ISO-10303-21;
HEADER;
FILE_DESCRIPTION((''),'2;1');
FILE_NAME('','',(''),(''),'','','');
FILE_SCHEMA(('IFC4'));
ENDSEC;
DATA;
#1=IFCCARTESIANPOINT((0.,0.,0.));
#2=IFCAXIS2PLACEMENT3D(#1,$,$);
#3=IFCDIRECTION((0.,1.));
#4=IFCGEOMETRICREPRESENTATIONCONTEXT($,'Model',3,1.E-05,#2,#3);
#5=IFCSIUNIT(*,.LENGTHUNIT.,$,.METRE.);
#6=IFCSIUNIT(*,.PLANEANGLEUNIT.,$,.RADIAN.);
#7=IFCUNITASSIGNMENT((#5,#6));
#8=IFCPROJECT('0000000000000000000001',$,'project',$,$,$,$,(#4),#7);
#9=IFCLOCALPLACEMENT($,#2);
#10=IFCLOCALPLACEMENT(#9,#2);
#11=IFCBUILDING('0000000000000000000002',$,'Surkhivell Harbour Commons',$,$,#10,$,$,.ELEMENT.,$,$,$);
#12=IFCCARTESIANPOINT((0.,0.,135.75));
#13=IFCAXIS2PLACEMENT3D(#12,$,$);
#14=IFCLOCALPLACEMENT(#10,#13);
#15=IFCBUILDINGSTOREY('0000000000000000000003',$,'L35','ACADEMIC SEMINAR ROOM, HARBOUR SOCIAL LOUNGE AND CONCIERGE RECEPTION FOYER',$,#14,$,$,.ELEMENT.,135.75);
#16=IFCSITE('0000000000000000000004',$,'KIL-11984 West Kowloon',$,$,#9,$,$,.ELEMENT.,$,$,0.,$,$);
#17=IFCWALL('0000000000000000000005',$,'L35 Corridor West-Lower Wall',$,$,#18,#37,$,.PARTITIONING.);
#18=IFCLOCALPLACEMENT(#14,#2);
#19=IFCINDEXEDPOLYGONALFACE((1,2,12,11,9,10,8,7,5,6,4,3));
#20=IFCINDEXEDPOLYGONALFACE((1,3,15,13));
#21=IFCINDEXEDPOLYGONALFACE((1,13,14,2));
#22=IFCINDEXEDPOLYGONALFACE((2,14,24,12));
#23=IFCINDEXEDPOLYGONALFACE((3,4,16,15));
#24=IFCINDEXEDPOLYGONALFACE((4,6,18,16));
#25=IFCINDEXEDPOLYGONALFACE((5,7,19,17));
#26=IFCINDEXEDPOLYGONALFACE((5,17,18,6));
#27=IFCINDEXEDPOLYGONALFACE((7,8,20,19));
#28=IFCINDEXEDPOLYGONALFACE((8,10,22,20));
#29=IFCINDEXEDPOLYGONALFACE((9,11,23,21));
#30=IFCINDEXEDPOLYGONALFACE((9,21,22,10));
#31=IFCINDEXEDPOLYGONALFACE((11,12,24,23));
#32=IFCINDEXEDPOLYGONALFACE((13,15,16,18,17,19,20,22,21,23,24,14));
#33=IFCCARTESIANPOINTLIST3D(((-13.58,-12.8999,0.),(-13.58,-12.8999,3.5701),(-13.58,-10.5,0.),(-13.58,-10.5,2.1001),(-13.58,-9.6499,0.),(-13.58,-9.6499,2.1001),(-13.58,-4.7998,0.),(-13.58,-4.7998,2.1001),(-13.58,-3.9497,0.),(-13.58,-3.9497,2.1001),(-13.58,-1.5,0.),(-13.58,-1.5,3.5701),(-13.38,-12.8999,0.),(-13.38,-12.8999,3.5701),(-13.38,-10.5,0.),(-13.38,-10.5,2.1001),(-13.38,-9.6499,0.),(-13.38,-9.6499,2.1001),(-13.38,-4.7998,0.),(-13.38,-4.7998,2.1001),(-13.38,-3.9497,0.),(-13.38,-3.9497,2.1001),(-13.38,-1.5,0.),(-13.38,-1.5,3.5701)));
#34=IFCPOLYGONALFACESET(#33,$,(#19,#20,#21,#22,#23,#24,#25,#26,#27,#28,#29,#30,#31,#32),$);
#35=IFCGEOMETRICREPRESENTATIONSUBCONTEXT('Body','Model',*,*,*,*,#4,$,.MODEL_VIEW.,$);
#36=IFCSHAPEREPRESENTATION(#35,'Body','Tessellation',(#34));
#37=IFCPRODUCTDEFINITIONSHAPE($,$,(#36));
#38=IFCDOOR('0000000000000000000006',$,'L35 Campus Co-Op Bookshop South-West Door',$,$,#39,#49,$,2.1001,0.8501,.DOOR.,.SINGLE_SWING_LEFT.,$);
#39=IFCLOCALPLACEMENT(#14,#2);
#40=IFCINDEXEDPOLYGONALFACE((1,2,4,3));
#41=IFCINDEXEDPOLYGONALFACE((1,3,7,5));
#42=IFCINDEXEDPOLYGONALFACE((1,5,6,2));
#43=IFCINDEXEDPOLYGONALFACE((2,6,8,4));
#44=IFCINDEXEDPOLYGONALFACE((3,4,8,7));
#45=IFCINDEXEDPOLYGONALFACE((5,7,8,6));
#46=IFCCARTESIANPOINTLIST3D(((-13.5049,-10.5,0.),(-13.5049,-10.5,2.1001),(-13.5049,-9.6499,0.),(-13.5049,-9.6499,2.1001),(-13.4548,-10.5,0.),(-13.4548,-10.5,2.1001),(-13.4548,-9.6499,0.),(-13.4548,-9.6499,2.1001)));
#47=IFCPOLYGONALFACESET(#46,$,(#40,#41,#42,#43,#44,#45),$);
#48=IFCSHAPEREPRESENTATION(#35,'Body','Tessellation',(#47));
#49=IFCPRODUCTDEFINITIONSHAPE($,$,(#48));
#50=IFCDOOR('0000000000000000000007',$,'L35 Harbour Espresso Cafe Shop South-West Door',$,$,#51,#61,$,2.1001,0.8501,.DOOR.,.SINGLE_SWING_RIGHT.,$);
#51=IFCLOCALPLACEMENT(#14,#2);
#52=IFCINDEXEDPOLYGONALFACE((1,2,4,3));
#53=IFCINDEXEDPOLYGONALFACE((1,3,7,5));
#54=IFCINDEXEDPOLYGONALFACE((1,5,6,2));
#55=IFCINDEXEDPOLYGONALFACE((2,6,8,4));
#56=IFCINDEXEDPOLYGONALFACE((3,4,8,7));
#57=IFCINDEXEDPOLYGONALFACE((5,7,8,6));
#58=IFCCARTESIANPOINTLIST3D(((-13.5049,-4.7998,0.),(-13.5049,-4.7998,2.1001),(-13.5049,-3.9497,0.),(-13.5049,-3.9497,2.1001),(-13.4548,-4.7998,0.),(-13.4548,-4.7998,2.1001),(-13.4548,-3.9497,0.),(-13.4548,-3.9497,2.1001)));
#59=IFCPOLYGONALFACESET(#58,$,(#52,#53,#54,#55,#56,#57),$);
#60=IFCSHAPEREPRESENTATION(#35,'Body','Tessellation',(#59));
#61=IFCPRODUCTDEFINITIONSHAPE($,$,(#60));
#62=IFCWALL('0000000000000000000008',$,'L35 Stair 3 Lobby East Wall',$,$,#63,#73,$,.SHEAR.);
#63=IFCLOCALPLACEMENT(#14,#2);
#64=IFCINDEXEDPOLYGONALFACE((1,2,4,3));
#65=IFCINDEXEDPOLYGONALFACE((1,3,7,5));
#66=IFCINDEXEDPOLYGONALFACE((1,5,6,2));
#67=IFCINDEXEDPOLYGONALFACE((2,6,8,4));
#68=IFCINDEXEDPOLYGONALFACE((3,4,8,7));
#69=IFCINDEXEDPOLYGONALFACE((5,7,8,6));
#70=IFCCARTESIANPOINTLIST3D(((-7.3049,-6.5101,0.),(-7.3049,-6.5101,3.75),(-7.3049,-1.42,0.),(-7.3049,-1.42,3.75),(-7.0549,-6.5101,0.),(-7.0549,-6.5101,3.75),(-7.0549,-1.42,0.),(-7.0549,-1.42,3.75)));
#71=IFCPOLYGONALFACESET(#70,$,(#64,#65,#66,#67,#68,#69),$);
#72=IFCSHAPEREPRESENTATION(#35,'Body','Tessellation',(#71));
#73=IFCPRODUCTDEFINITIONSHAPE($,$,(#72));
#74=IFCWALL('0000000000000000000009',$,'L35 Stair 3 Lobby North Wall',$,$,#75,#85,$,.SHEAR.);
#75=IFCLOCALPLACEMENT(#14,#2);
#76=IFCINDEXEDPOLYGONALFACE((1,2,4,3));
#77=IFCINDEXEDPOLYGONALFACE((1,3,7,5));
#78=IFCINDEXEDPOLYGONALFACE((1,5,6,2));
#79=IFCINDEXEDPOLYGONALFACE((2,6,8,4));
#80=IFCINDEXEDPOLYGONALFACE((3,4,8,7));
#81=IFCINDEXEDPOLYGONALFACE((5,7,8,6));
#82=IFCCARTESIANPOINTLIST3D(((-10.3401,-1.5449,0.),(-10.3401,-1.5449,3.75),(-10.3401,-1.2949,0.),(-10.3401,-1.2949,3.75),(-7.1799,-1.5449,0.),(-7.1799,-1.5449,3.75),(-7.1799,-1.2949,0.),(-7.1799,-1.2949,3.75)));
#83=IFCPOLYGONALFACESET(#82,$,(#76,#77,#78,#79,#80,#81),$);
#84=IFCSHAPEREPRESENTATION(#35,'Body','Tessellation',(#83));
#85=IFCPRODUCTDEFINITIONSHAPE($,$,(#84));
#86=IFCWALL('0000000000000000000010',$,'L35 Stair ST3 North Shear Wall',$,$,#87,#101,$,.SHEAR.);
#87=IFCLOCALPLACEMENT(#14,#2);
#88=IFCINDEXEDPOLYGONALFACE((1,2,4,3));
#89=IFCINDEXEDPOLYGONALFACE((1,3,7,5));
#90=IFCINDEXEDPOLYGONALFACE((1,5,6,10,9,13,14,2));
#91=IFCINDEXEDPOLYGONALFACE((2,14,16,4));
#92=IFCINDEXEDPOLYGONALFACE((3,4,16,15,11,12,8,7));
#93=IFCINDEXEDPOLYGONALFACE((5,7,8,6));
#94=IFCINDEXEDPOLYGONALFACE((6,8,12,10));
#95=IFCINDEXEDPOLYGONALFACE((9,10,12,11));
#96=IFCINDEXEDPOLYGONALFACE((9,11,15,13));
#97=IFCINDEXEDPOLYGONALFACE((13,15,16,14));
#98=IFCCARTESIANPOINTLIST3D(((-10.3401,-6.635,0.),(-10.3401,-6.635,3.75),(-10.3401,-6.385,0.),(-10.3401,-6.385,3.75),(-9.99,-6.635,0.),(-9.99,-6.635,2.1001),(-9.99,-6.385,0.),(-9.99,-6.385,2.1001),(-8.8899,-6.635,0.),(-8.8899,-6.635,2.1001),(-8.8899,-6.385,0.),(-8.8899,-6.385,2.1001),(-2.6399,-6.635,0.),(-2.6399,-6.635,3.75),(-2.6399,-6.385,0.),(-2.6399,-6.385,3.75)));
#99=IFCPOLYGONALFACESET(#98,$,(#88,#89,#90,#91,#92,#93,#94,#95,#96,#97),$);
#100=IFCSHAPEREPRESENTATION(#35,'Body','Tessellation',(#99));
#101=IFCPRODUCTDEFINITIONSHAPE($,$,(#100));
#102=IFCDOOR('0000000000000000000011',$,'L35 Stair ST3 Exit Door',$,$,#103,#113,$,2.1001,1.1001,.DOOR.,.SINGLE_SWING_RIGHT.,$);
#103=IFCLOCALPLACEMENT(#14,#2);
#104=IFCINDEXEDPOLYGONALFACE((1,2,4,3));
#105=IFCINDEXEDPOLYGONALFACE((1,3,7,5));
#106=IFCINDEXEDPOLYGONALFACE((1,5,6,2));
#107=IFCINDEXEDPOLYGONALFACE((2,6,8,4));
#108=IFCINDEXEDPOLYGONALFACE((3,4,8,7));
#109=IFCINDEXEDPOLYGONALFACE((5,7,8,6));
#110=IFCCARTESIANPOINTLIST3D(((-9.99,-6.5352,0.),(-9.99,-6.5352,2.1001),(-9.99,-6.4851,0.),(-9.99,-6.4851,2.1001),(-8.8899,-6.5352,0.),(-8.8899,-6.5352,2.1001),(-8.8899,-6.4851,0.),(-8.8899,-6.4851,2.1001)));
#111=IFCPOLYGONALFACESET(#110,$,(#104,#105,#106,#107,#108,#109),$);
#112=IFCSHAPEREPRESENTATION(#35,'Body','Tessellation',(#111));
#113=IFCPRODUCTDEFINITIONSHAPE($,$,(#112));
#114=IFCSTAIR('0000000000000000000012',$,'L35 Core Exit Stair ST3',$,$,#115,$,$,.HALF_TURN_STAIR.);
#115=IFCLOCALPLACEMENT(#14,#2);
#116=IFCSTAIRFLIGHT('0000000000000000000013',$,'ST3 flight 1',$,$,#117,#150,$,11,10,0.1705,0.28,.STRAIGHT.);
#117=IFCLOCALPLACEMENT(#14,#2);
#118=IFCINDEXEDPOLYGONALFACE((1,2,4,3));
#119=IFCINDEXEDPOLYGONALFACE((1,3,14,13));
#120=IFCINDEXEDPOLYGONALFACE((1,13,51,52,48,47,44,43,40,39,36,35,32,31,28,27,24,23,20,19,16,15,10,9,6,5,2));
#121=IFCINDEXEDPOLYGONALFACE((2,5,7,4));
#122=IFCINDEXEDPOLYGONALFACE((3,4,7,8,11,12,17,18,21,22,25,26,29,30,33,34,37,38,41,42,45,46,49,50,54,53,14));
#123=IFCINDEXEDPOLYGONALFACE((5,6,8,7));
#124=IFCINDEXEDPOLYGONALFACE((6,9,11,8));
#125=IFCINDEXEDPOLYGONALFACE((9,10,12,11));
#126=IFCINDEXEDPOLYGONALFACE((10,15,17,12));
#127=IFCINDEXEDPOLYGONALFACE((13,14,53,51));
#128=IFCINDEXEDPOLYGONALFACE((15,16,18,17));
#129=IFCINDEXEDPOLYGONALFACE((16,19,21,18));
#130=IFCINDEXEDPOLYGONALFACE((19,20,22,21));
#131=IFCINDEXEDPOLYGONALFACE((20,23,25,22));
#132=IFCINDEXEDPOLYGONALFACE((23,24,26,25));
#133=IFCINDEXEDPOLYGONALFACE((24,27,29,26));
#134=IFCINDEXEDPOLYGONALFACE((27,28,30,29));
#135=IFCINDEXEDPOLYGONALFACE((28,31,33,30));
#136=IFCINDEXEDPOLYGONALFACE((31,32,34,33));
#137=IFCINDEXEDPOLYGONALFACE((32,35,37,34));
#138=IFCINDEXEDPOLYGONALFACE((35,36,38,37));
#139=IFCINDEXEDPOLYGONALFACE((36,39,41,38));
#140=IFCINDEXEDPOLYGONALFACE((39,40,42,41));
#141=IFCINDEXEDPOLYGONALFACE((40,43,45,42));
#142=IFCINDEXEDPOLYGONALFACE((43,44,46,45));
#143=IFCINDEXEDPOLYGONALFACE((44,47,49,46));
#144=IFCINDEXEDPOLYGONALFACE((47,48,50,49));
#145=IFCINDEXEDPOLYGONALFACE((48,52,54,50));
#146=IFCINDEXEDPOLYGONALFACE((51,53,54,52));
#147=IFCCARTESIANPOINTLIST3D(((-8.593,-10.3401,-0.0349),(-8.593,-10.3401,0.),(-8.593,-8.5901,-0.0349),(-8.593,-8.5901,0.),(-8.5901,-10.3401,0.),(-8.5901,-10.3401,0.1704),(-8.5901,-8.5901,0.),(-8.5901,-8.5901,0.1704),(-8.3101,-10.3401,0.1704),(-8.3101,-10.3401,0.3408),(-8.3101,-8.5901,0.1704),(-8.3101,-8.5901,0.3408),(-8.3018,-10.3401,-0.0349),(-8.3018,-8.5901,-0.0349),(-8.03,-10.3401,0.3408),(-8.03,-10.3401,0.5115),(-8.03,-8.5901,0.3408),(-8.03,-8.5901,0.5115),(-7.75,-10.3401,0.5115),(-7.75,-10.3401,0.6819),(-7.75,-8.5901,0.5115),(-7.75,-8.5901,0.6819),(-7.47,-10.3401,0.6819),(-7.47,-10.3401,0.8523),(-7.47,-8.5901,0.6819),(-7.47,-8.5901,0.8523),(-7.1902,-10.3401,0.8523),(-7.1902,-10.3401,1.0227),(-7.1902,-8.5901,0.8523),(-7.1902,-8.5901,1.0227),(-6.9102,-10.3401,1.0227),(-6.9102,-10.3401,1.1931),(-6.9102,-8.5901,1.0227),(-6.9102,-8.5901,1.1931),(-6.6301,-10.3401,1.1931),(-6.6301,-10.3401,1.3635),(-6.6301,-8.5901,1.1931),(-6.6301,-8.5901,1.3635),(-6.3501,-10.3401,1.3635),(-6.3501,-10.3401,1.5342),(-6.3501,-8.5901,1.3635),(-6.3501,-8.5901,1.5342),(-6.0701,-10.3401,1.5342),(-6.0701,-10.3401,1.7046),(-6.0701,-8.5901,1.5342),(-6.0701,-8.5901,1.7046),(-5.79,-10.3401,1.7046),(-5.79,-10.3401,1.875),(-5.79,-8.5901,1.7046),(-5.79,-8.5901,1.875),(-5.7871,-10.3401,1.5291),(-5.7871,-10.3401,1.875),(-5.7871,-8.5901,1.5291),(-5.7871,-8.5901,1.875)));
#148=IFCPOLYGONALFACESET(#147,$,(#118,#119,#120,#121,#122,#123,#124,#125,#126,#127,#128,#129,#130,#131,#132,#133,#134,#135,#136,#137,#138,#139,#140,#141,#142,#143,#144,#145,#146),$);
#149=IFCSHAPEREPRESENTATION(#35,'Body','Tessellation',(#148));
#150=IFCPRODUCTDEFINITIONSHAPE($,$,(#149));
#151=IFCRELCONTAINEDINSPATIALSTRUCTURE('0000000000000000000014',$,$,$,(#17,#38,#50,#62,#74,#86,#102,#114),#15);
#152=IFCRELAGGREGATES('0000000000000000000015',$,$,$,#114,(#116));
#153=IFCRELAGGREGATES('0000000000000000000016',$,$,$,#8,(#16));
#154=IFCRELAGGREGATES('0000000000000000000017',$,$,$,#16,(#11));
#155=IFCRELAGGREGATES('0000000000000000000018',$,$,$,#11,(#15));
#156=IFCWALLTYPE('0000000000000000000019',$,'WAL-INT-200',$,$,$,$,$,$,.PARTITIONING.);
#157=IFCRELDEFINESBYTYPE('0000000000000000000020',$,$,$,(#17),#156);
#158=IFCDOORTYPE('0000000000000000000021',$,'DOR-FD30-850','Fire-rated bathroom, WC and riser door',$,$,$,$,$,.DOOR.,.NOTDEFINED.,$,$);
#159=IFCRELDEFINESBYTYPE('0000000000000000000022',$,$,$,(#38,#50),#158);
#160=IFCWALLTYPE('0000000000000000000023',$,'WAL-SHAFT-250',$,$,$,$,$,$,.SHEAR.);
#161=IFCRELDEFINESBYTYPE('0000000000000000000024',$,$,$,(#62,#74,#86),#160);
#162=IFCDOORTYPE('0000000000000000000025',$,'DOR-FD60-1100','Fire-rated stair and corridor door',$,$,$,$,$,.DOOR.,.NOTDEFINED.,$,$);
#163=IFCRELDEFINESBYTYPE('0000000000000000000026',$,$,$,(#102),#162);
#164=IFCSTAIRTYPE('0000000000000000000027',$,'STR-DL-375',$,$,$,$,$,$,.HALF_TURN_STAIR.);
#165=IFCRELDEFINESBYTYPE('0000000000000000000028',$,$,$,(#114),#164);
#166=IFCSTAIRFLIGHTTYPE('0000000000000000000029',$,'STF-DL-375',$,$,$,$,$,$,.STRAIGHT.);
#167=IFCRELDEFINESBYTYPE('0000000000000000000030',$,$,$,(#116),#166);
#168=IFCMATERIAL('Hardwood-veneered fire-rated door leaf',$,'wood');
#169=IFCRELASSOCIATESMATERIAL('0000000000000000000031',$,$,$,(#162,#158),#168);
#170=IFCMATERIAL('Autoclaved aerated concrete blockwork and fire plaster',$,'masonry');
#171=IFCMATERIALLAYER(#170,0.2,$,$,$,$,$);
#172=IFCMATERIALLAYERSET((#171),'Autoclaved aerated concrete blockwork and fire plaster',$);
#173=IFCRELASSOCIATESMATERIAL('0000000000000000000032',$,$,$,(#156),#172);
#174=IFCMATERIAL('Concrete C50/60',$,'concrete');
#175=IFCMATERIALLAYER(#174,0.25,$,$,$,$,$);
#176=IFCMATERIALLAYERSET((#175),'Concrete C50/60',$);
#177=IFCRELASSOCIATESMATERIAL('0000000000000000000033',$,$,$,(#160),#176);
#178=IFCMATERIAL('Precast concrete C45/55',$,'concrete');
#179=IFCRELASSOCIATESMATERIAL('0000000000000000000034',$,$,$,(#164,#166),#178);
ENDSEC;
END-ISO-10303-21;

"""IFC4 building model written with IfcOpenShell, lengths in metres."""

from ifc_helpers import new_model, si_unit, direction, frame, frame_2d, origin, place, context, subcontext, project, spatial, polyline, rectangle, outline, extrude, material, layer, layer_set, type_object, element, fill, aggregate, save


model = new_model("IFC4")

# Units and contexts
model_context = context("Model", 3, precision=1e-05, world=origin(), true_north=direction((0.0, 1.0)))
body_context = subcontext(model_context, "Body", "Model", "MODEL_VIEW")
ifc_project = project(units=[si_unit("LENGTHUNIT", "METRE"), si_unit("PLANEANGLEUNIT", "RADIAN")], contexts=[model_context])

# Site, building, storey
site_placement = place(None, origin())
site = spatial("IfcSite", under=ifc_project, at=site_placement, Name="KIL-11984 West Kowloon", CompositionType="ELEMENT", RefElevation=0.0)
building_placement = place(site_placement, origin())
building = spatial("IfcBuilding", under=site, at=building_placement, Name="Surkhivell Harbour Commons", CompositionType="ELEMENT")
storey_placement = place(building_placement, frame((0.0, 0.0, 135.75)))
storey = spatial("IfcBuildingStorey", under=building, at=storey_placement, Name="L35", Description="ACADEMIC SEMINAR ROOM, HARBOUR SOCIAL LOUNGE AND CONCIERGE RECEPTION FOYER", CompositionType="ELEMENT", Elevation=135.75)

# Shared definitions
ifc_material_1 = material(Name="Hardwood-veneered fire-rated door leaf", Category="wood")
door_type_1 = type_object("IfcDoorType", Name="DOR-FD60-1100", Description="Fire-rated stair and corridor door", OperationType="NOTDEFINED", PredefinedType="DOOR", material=ifc_material_1)

# Shared definitions
ifc_material_2 = material(Name="Autoclaved aerated concrete blockwork and fire plaster", Category="masonry")
ifc_layer_1 = layer(ifc_material_2, 0.2)
ifc_layer_set_1 = layer_set([ifc_layer_1], Name="Autoclaved aerated concrete blockwork and fire plaster")
wall_type_1 = type_object("IfcWallType", Name="WAL-INT-200", PredefinedType="PARTITIONING", material=ifc_layer_set_1)

# Wall, openings, doors
wall_1_placement = place(storey_placement, frame((-13.48, -12.8999, 0.0), z_axis=(0.0, 0.0, 1.0), x_axis=(0.0, 1.0, 0.0)))
wall_1 = element("IfcWall", 1, at=wall_1_placement, inside=storey, type_object=wall_type_1, Name="L35 Corridor West-Lower Wall", PredefinedType="PARTITIONING", context=body_context, shape_type="SweptSolid", body=[
    extrude(rectangle(XDim=11.3999, YDim=0.2, at=frame_2d((5.7, 0.0))), origin(), (0.0, 0.0, 1.0), 3.5701),
])
opening_1_placement = place(wall_1_placement, frame((2.3999, 0.0, 0.0)))
opening_1 = element("IfcOpeningElement", 2, at=opening_1_placement, cuts=wall_1, PredefinedType="OPENING", context=body_context, shape_type="SweptSolid", body=[
    extrude(rectangle(XDim=0.8501, YDim=2.1001, at=frame_2d((0.425, 1.05))), frame((0.0, 0.1099, 0.0), z_axis=(0.0, -1.0, 0.0), x_axis=(1.0, 0.0, 0.0)), (0.0, 0.0, 1.0), 0.22),
])
opening_2_placement = place(wall_1_placement, frame((8.1001, 0.0, 0.0)))
opening_2 = element("IfcOpeningElement", 3, at=opening_2_placement, cuts=wall_1, PredefinedType="OPENING", context=body_context, shape_type="SweptSolid", body=[
    extrude(rectangle(XDim=0.8501, YDim=2.1001, at=frame_2d((0.425, 1.05))), frame((0.0, 0.1099, 0.0), z_axis=(0.0, -1.0, 0.0), x_axis=(1.0, 0.0, 0.0)), (0.0, 0.0, 1.0), 0.22),
])
door_type_2 = type_object("IfcDoorType", Name="DOR-FD30-850", Description="Fire-rated bathroom, WC and riser door", OperationType="NOTDEFINED", PredefinedType="DOOR", material=ifc_material_1)
door_1_placement = place(opening_1_placement, origin())
door_1 = element("IfcDoor", 4, at=door_1_placement, inside=storey, type_object=door_type_2, Name="L35 Campus Co-Op Bookshop South-West Door", OperationType="SINGLE_SWING_LEFT", OverallHeight=2.1001, OverallWidth=0.8501, PredefinedType="DOOR", context=body_context, shape_type="SweptSolid", body=[
    extrude(rectangle(XDim=0.8501, YDim=2.1001, at=frame_2d((0.425, 1.05))), frame((0.0, 0.0249, 0.0), z_axis=(0.0, -1.0, 0.0), x_axis=(1.0, 0.0, 0.0)), (0.0, 0.0, 1.0), 0.05),
])
fill(opening_1, door_1)
door_2_placement = place(opening_2_placement, origin())
door_2 = element("IfcDoor", 5, at=door_2_placement, inside=storey, type_object=door_type_2, Name="L35 Harbour Espresso Cafe Shop South-West Door", OperationType="SINGLE_SWING_RIGHT", OverallHeight=2.1001, OverallWidth=0.8501, PredefinedType="DOOR", context=body_context, shape_type="SweptSolid", body=[
    extrude(rectangle(XDim=0.8501, YDim=2.1001, at=frame_2d((0.425, 1.05))), frame((0.0, 0.0249, 0.0), z_axis=(0.0, -1.0, 0.0), x_axis=(1.0, 0.0, 0.0)), (0.0, 0.0, 1.0), 0.05),
])
fill(opening_2, door_2)

# Walls
ifc_material_3 = material(Name="Concrete C50/60", Category="concrete")
ifc_layer_2 = layer(ifc_material_3, 0.25)
ifc_layer_set_2 = layer_set([ifc_layer_2], Name="Concrete C50/60")
wall_type_2 = type_object("IfcWallType", Name="WAL-SHAFT-250", PredefinedType="SHEAR", material=ifc_layer_set_2)
wall_2_placement = place(storey_placement, frame((-7.1799, -6.51, 0.0), z_axis=(0.0, 0.0, 1.0), x_axis=(0.0, 1.0, 0.0)))
element("IfcWall", 6, at=wall_2_placement, inside=storey, type_object=wall_type_2, Name="L35 Stair 3 Lobby East Wall", PredefinedType="SHEAR", context=body_context, shape_type="SweptSolid", body=[
    extrude(rectangle(XDim=5.0901, YDim=0.25, at=frame_2d((2.5449, 0.0))), origin(), (0.0, 0.0, 1.0), 3.75),
])
wall_3_placement = place(storey_placement, frame((-10.3401, -1.4199, 0.0), z_axis=(0.0, 0.0, 1.0), x_axis=(1.0, 0.0, 0.0)))
element("IfcWall", 7, at=wall_3_placement, inside=storey, type_object=wall_type_2, Name="L35 Stair 3 Lobby North Wall", PredefinedType="SHEAR", context=body_context, shape_type="SweptSolid", body=[
    extrude(rectangle(XDim=3.1602, YDim=0.25, at=frame_2d((1.5801, 0.0))), origin(), (0.0, 0.0, 1.0), 3.75),
])

# Wall, opening, door
wall_4_placement = place(storey_placement, frame((-10.3401, -6.51, 0.0), z_axis=(0.0, 0.0, 1.0), x_axis=(1.0, 0.0, 0.0)))
wall_4 = element("IfcWall", 8, at=wall_4_placement, inside=storey, type_object=wall_type_2, Name="L35 Stair ST3 North Shear Wall", PredefinedType="SHEAR", context=body_context, shape_type="SweptSolid", body=[
    extrude(rectangle(XDim=7.7002, YDim=0.25, at=frame_2d((3.8501, 0.0))), origin(), (0.0, 0.0, 1.0), 3.75),
])
opening_3_placement = place(wall_4_placement, frame((0.3501, 0.0, 0.0)))
opening_3 = element("IfcOpeningElement", 9, at=opening_3_placement, cuts=wall_4, PredefinedType="OPENING", context=body_context, shape_type="SweptSolid", body=[
    extrude(rectangle(XDim=1.1001, YDim=2.1001, at=frame_2d((0.55, 1.05))), frame((0.0, 0.135, 0.0), z_axis=(0.0, -1.0, 0.0), x_axis=(1.0, 0.0, 0.0)), (0.0, 0.0, 1.0), 0.27),
])
door_3_placement = place(opening_3_placement, origin())
door_3 = element("IfcDoor", 10, at=door_3_placement, inside=storey, type_object=door_type_1, Name="L35 Stair ST3 Exit Door", OperationType="SINGLE_SWING_RIGHT", OverallHeight=2.1001, OverallWidth=1.1001, PredefinedType="DOOR", context=body_context, shape_type="SweptSolid", body=[
    extrude(rectangle(XDim=1.1001, YDim=2.1001, at=frame_2d((0.55, 1.05))), frame((0.0, 0.0249, 0.0), z_axis=(0.0, -1.0, 0.0), x_axis=(1.0, 0.0, 0.0)), (0.0, 0.0, 1.0), 0.05),
])
fill(opening_3, door_3)

# Stair, stair flight
ifc_material_4 = material(Name="Precast concrete C45/55", Category="concrete")
stair_type = type_object("IfcStairType", Name="STR-DL-375", PredefinedType="HALF_TURN_STAIR", material=ifc_material_4)
stair_placement = place(storey_placement, origin())
stair = element("IfcStair", 11, at=stair_placement, inside=storey, type_object=stair_type, Name="L35 Core Exit Stair ST3", PredefinedType="HALF_TURN_STAIR")
stair_flight_type = type_object("IfcStairFlightType", Name="STF-DL-375", PredefinedType="STRAIGHT", material=ifc_material_4)
stair_flight_1_placement = place(storey_placement, frame((-8.5901, -9.4651, 0.0), z_axis=(0.0, 0.0, 1.0), x_axis=(1.0, 0.0, 0.0)))
stair_flight_1 = element("IfcStairFlight", 12, at=stair_flight_1_placement, type_object=stair_flight_type, Name="ST3 flight 1", NumberOfRisers=11, NumberOfTreads=10, PredefinedType="STRAIGHT", RiserHeight=0.1705, TreadLength=0.28, context=body_context, shape_type="SweptSolid", body=[
    extrude(outline(polyline([(-0.0029, -0.0349), (-0.0029, 0.0), (0.0, 0.0), (0.0, 0.1704), (0.28, 0.1704), (0.28, 0.3408), (0.5601, 0.3408), (0.5601, 0.5115), (0.8401, 0.5115), (0.8401, 0.6819), (1.1201, 0.6819), (1.1201, 0.8523), (1.3999, 0.8523), (1.3999, 1.0227), (1.6799, 1.0227), (1.6799, 1.1931), (1.96, 1.1931), (1.96, 1.3635), (2.24, 1.3635), (2.24, 1.5342), (2.52, 1.5342), (2.52, 1.7046), (2.8, 1.7046), (2.8, 1.875), (2.803, 1.875), (2.803, 1.5291), (0.2883, -0.0349), (-0.0029, -0.0349)])), frame((0.0, 0.875, 0.0), z_axis=(0.0, -1.0, 0.0), x_axis=(1.0, 0.0, 0.0)), (0.0, 0.0, 1.0), 1.75),
])
aggregate(stair, [stair_flight_1])

save(model, "model.ifc")
